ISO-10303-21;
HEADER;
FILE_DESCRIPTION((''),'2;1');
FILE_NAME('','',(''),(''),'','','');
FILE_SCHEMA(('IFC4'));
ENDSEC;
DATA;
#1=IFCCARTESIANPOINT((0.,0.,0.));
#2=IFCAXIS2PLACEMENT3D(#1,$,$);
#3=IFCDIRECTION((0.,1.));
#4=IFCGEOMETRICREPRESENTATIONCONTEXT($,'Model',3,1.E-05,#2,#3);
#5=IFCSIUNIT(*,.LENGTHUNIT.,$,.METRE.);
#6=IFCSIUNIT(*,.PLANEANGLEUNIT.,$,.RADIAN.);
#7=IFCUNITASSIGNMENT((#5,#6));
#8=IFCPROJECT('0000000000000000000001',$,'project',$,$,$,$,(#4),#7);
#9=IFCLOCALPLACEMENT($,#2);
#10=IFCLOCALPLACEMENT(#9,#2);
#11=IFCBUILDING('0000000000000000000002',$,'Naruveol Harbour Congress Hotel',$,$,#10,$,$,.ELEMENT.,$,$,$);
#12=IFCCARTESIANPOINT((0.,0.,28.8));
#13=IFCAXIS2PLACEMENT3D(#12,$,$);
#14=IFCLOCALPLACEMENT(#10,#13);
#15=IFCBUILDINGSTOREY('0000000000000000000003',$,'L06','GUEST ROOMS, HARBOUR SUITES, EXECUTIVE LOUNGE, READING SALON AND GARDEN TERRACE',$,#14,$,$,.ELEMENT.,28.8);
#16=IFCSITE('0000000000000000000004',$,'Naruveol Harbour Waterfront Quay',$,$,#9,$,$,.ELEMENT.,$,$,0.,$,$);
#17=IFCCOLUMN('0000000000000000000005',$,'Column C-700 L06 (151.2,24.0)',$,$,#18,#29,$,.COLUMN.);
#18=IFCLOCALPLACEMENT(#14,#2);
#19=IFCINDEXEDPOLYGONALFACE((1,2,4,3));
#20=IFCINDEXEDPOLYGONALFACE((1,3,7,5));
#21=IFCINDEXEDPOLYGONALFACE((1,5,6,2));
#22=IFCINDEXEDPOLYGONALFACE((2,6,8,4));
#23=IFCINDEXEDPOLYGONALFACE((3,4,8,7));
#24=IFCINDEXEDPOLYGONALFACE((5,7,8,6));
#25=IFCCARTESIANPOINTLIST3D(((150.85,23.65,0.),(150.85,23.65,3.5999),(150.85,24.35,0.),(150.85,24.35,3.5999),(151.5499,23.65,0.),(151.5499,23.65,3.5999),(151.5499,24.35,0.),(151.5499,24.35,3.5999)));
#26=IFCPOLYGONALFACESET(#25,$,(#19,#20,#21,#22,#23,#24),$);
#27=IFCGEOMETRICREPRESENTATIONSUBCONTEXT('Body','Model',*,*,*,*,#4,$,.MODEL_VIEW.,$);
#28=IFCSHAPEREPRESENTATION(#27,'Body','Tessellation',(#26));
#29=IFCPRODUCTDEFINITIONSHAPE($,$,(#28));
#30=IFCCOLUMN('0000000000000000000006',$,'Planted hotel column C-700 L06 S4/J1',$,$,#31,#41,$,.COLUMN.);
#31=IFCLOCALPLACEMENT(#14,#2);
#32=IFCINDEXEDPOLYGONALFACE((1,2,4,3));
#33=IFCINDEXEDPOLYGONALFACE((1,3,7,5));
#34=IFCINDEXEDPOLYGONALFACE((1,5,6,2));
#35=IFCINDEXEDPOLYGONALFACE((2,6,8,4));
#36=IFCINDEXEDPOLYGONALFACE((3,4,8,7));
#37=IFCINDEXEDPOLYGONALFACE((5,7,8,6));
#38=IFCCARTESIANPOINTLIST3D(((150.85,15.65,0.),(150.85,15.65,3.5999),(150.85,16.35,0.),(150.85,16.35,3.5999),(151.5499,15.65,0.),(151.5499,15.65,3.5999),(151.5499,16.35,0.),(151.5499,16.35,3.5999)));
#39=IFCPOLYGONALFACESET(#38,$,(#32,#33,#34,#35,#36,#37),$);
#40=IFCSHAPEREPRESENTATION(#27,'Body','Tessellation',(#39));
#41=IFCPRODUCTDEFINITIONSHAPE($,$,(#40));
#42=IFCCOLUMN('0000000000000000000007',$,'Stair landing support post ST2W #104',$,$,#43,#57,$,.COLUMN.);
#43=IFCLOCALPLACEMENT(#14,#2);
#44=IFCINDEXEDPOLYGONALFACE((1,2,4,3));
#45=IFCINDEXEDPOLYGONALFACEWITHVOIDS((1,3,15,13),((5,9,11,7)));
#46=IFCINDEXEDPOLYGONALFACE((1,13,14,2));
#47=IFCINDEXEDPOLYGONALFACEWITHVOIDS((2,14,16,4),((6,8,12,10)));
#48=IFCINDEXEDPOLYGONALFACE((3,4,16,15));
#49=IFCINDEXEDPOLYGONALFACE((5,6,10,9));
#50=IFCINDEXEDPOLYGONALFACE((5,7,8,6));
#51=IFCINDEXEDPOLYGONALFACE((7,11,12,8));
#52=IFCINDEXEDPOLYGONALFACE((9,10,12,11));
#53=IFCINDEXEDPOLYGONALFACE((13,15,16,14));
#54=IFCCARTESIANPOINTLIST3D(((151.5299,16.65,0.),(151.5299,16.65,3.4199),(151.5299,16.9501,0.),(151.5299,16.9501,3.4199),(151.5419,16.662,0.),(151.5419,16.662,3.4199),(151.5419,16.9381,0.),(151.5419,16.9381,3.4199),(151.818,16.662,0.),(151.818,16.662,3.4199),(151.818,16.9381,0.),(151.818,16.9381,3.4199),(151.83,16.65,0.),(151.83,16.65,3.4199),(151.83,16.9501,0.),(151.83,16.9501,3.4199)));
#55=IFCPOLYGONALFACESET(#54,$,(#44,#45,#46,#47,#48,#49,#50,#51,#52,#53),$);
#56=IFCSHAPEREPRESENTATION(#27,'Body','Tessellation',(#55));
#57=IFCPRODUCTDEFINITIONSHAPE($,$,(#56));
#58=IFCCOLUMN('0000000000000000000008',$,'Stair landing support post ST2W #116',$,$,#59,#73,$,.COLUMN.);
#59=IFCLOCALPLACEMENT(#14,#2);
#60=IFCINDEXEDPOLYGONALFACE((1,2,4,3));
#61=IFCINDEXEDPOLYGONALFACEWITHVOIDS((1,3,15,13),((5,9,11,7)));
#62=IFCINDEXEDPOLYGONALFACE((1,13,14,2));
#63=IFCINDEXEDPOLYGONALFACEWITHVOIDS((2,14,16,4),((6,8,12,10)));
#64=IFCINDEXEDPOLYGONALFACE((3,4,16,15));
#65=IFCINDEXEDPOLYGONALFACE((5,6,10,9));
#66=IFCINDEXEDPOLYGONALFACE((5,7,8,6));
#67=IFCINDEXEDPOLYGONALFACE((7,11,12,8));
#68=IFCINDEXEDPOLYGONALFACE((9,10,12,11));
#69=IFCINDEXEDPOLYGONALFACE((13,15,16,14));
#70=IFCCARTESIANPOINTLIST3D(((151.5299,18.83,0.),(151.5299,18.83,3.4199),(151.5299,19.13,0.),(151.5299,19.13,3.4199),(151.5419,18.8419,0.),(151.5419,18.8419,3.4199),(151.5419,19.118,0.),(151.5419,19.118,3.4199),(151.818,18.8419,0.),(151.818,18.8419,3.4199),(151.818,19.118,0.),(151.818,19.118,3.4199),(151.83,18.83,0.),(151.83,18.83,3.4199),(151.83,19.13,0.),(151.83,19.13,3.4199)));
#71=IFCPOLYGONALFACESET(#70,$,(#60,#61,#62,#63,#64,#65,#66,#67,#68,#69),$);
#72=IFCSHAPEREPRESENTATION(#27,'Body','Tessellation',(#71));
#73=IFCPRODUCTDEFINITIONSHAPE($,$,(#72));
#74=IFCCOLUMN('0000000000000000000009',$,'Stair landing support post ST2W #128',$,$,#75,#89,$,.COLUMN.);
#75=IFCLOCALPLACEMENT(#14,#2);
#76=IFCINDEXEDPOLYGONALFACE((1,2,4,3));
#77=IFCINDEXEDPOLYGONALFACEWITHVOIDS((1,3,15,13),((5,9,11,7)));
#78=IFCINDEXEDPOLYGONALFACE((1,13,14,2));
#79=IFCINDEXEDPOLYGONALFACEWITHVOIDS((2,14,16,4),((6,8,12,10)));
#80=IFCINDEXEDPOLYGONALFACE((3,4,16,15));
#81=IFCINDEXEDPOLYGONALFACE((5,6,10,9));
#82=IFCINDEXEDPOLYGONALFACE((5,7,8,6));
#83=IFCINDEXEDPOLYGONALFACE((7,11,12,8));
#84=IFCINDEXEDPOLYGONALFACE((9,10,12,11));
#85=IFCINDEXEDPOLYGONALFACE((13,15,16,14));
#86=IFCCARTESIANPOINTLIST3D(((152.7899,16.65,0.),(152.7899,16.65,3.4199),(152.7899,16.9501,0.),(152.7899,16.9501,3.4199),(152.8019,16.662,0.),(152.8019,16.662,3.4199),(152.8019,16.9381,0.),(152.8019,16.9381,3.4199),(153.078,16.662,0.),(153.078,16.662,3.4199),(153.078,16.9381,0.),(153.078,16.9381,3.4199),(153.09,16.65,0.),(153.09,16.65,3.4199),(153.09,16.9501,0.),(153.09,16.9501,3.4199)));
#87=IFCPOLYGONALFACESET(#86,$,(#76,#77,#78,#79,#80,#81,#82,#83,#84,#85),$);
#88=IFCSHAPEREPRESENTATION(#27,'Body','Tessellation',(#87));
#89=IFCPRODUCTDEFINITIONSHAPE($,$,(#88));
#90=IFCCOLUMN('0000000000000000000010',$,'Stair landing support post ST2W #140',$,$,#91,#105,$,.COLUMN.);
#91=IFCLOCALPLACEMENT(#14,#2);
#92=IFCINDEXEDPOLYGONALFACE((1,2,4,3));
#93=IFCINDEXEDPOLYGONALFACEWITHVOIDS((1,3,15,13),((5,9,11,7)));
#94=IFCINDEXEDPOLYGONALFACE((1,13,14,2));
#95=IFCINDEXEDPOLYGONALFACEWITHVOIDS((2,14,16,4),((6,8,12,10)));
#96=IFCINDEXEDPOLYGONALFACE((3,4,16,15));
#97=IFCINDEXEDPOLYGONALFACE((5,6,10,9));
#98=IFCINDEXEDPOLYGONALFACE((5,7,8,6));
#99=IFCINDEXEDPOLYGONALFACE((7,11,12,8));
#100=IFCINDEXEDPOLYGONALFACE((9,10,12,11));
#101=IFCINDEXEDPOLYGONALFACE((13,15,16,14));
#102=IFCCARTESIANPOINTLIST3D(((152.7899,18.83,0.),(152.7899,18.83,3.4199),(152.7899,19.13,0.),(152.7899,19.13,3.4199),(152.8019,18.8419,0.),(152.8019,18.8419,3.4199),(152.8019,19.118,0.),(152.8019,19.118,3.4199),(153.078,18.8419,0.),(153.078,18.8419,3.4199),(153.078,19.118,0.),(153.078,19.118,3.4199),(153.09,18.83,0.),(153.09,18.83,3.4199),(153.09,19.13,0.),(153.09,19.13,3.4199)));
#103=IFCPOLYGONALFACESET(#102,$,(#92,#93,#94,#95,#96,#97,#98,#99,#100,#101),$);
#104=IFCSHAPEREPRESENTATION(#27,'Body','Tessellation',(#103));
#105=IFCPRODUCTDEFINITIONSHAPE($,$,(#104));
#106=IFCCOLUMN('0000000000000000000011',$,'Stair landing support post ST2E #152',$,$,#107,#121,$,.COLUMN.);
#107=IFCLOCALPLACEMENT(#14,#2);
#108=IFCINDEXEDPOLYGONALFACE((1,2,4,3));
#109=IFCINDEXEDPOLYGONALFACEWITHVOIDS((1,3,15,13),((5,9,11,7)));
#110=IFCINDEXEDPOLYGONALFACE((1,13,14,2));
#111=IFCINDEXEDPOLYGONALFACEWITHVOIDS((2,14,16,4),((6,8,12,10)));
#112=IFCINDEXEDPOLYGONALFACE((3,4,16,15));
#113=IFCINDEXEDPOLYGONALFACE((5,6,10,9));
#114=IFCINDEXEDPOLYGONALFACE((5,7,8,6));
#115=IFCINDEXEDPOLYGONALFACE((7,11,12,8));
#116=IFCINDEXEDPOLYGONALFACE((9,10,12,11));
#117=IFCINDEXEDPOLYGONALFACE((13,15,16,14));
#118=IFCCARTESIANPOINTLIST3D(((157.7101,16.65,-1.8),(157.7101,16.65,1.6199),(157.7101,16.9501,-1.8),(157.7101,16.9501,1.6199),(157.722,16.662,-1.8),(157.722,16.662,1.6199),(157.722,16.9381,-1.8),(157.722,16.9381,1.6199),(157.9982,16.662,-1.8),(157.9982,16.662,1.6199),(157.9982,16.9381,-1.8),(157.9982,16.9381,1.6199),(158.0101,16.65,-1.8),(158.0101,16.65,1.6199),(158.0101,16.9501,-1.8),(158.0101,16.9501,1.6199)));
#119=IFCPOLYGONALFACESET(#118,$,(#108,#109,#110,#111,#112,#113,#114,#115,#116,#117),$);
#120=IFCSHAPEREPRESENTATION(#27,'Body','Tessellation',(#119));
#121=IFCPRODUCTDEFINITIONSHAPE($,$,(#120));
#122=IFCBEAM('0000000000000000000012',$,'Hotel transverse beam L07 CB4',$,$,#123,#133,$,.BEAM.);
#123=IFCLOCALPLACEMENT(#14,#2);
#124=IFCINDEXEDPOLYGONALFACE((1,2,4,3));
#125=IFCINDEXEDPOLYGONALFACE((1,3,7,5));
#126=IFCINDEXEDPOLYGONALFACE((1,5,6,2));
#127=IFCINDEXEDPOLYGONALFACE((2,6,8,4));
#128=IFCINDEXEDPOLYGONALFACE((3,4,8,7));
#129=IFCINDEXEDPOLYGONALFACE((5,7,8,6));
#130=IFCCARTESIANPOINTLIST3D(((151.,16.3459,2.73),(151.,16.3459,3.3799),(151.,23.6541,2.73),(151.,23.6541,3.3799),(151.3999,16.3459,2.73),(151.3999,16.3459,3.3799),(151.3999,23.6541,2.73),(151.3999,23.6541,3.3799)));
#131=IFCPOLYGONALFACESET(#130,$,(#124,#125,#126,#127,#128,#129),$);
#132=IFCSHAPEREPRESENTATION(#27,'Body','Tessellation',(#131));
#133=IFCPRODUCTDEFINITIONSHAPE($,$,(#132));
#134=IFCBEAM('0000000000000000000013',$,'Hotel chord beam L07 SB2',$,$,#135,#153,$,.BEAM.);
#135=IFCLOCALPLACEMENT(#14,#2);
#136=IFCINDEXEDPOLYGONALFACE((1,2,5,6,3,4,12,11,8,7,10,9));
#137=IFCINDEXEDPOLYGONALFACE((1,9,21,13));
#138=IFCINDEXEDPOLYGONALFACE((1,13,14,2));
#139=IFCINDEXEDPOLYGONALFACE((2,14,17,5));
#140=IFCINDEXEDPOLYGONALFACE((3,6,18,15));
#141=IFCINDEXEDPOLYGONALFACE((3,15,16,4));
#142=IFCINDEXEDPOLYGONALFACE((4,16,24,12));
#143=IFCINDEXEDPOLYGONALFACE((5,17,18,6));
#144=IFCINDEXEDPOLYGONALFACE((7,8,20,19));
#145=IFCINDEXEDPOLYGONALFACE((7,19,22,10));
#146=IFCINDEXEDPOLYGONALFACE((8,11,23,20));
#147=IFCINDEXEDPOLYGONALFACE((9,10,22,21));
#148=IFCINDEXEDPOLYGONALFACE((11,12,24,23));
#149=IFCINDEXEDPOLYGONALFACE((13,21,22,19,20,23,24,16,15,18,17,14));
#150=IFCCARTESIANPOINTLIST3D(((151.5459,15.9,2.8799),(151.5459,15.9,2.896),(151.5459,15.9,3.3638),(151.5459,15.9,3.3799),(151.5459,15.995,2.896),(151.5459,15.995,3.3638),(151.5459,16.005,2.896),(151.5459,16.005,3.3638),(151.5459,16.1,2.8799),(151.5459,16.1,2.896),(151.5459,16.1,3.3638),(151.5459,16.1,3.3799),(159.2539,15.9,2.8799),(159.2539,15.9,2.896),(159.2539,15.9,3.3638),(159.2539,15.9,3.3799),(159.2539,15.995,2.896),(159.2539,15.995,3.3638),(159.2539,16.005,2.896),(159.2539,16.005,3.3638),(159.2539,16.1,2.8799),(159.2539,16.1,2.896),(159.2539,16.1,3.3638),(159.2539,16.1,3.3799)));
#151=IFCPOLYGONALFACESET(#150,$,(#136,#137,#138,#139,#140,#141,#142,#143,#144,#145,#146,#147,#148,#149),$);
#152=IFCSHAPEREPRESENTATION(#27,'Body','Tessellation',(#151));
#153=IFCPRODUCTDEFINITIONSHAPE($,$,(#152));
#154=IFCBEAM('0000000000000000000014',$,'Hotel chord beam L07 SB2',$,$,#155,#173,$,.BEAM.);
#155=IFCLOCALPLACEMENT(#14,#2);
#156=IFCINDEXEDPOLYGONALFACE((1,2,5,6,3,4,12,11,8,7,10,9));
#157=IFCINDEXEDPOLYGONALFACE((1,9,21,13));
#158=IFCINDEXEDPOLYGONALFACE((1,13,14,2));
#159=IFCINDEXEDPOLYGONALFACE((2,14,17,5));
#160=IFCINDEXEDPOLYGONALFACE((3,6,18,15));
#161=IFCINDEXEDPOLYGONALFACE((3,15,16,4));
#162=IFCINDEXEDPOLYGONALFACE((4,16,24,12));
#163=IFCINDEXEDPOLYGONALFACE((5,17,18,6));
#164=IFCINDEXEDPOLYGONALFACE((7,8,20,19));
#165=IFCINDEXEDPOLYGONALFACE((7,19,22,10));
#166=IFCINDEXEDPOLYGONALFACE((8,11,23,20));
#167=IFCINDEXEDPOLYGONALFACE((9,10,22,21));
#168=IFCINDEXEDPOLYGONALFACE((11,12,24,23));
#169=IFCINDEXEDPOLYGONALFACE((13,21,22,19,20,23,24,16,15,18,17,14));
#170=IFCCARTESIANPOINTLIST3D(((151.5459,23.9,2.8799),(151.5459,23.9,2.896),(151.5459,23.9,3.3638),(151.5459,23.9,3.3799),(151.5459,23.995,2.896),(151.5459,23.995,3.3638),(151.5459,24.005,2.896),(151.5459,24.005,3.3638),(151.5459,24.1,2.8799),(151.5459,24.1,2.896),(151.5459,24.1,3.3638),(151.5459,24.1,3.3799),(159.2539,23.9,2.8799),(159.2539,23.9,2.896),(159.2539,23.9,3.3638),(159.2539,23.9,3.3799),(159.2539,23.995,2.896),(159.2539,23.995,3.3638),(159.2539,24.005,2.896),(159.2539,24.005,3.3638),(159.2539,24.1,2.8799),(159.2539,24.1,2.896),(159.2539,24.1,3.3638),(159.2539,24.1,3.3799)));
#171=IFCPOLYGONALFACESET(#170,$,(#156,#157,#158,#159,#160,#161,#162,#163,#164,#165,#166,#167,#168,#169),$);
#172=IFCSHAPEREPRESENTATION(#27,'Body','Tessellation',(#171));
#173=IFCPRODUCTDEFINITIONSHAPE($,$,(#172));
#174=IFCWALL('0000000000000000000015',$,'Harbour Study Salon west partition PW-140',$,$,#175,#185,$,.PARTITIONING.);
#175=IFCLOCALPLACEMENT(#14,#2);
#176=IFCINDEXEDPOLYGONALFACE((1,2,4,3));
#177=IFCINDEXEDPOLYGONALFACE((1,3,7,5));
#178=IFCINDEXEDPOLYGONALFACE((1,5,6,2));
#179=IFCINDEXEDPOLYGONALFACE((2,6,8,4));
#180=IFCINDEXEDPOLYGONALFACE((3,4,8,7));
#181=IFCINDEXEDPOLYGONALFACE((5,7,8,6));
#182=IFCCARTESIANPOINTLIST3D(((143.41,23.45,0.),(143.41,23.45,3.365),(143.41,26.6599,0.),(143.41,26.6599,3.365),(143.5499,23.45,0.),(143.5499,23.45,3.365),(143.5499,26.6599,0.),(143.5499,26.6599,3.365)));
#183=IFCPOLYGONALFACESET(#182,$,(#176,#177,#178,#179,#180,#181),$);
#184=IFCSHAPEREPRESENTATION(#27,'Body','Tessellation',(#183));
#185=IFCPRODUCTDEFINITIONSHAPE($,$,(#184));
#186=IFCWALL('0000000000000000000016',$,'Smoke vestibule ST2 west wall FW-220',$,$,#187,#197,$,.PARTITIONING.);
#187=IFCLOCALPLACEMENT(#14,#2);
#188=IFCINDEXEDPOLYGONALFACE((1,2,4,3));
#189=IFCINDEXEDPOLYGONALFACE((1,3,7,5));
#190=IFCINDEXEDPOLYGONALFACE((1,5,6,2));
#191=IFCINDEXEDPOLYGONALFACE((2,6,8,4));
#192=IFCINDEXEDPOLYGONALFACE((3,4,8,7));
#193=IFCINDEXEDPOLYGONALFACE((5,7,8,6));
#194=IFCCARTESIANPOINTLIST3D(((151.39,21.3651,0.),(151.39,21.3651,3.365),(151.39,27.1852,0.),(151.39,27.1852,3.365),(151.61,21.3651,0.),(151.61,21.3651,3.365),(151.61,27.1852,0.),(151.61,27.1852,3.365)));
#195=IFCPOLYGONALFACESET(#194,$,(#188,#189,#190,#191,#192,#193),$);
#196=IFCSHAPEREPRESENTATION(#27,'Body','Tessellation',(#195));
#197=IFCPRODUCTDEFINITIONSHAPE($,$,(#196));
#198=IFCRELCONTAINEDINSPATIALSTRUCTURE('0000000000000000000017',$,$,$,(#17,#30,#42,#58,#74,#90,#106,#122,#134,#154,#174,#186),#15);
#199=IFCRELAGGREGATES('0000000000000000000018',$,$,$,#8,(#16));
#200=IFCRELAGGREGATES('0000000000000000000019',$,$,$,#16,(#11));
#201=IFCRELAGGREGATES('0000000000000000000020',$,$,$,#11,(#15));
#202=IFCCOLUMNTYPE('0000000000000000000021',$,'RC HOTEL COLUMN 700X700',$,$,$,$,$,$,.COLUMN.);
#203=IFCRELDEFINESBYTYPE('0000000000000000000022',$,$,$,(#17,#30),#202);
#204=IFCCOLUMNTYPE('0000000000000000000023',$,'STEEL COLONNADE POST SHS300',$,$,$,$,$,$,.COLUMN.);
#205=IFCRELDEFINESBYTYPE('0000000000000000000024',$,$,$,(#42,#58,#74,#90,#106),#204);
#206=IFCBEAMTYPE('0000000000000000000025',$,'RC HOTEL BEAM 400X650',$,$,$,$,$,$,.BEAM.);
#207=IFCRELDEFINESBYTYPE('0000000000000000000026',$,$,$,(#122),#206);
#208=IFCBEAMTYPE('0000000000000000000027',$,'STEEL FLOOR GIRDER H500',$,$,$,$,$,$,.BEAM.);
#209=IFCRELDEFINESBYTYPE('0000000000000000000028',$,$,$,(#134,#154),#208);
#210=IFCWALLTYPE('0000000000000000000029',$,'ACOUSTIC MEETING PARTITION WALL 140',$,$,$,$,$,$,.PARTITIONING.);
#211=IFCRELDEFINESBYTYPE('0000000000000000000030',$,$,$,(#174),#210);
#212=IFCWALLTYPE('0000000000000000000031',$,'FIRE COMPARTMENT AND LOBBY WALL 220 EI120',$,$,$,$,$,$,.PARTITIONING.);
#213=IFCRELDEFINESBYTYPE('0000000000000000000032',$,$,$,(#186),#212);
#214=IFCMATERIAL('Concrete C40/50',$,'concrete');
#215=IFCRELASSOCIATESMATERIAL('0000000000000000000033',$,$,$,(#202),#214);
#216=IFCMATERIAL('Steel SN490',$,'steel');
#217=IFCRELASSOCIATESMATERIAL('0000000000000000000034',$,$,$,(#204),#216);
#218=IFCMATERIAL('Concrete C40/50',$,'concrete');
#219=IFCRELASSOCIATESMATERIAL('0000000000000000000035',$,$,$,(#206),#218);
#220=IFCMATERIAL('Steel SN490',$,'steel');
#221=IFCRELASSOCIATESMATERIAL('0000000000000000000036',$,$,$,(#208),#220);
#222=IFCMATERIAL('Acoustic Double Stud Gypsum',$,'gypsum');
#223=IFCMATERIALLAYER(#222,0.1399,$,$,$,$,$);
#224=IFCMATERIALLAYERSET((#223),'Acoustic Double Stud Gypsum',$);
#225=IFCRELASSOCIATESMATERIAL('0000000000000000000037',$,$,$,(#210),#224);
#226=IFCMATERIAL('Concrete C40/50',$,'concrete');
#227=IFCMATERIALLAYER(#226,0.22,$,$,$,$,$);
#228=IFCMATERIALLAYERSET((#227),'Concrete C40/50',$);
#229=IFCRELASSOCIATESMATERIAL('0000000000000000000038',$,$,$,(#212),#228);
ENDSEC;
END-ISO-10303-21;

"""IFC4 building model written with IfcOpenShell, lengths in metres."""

from ifc_helpers import new_model, si_unit, direction, frame, frame_2d, origin, origin_2d, place, context, subcontext, project, spatial, rectangle, hollow_rectangle, i_section, extrude, material, layer, layer_set, material_profile, profile_set, type_object, element, save


model = new_model("IFC4")

# Units and contexts
model_context = context("Model", 3, precision=1e-05, world=origin(), true_north=direction((0.0, 1.0)))
body_context = subcontext(model_context, "Body", "Model", "MODEL_VIEW")
ifc_project = project(units=[si_unit("LENGTHUNIT", "METRE"), si_unit("PLANEANGLEUNIT", "RADIAN")], contexts=[model_context])

# Site, building, storey
site_placement = place(None, origin())
site = spatial("IfcSite", under=ifc_project, at=site_placement, Name="Naruveol Harbour Waterfront Quay", CompositionType="ELEMENT", RefElevation=0.0)
building_placement = place(site_placement, origin())
building = spatial("IfcBuilding", under=site, at=building_placement, Name="Naruveol Harbour Congress Hotel", CompositionType="ELEMENT")
storey_placement = place(building_placement, frame((0.0, 0.0, 28.8)))
storey = spatial("IfcBuildingStorey", under=building, at=storey_placement, Name="L06", Description="GUEST ROOMS, HARBOUR SUITES, EXECUTIVE LOUNGE, READING SALON AND GARDEN TERRACE", CompositionType="ELEMENT", Elevation=28.8)

# Columns
ifc_material_1 = material(Name="Concrete C40/50", Category="concrete")
ifc_material_profile_1 = material_profile(ifc_material_1, rectangle(XDim=0.7, YDim=0.7, at=origin_2d()), Name="RC-700x700")
ifc_profile_set_1 = profile_set([ifc_material_profile_1], Name="Concrete C40/50")
column_type_1 = type_object("IfcColumnType", Name="RC HOTEL COLUMN 700X700", PredefinedType="COLUMN", material=ifc_profile_set_1)
for number, where, z_axis, x_axis, name in (
    (1, (151.2, 24.0, 0.0), (0.0, 0.0, 1.0), (1.0, 0.0, 0.0), "Column C-700 L06 (151.2,24.0)"),
    (2, (151.2, 16.0, 0.0), (0.0, 0.0, 1.0), (1.0, 0.0, 0.0), "Planted hotel column C-700 L06 S4/J1"),
):
    element("IfcColumn", number, at=place(storey_placement, frame(where, z_axis=z_axis, x_axis=x_axis)), inside=storey, type_object=column_type_1, Name=name, PredefinedType="COLUMN", context=body_context, shape_type="SweptSolid", body=[
        extrude(rectangle(XDim=0.7, YDim=0.7, at=origin_2d()), origin(), (0.0, 0.0, 1.0), 3.5999),
    ])
ifc_material_2 = material(Name="Steel SN490", Category="steel")
ifc_material_profile_2 = material_profile(ifc_material_2, hollow_rectangle(XDim=0.3, YDim=0.3, WallThickness=0.012, at=origin_2d()), Name="SHS-300x300x12")
ifc_profile_set_2 = profile_set([ifc_material_profile_2], Name="Steel SN490")
column_type_2 = type_object("IfcColumnType", Name="STEEL COLONNADE POST SHS300", PredefinedType="COLUMN", material=ifc_profile_set_2)
for number, where, z_axis, x_axis, name in (
    (3, (151.6799, 16.8, 0.0), (0.0, 0.0, 1.0), (1.0, 0.0, 0.0), "Stair landing support post ST2W #104"),
    (4, (151.6799, 18.98, 0.0), (0.0, 0.0, 1.0), (1.0, 0.0, 0.0), "Stair landing support post ST2W #116"),
    (5, (152.9399, 16.8, 0.0), (0.0, 0.0, 1.0), (1.0, 0.0, 0.0), "Stair landing support post ST2W #128"),
    (6, (152.9399, 18.98, 0.0), (0.0, 0.0, 1.0), (1.0, 0.0, 0.0), "Stair landing support post ST2W #140"),
    (7, (157.8601, 16.8, -1.8), (0.0, 0.0, 1.0), (1.0, 0.0, 0.0), "Stair landing support post ST2E #152"),
):
    element("IfcColumn", number, at=place(storey_placement, frame(where, z_axis=z_axis, x_axis=x_axis)), inside=storey, type_object=column_type_2, Name=name, PredefinedType="COLUMN", context=body_context, shape_type="SweptSolid", body=[
        extrude(hollow_rectangle(XDim=0.3, YDim=0.3, WallThickness=0.012, at=origin_2d()), origin(), (0.0, 0.0, 1.0), 3.4199),
    ])

# Beams
ifc_material_3 = material(Name="Concrete C40/50", Category="concrete")
ifc_material_profile_3 = material_profile(ifc_material_3, rectangle(XDim=0.3999, YDim=0.6499, at=origin_2d()), Name="RCB-400x650")
ifc_profile_set_3 = profile_set([ifc_material_profile_3], Name="Concrete C40/50")
beam_type_1 = type_object("IfcBeamType", Name="RC HOTEL BEAM 400X650", PredefinedType="BEAM", material=ifc_profile_set_3)
beam_placement = place(storey_placement, frame((151.2, 16.3459, 3.0549), z_axis=(0.0, 1.0, 0.0), x_axis=(-1.0, 0.0, 0.0)))
element("IfcBeam", 8, at=beam_placement, inside=storey, type_object=beam_type_1, Name="Hotel transverse beam L07 CB4", PredefinedType="BEAM", context=body_context, shape_type="SweptSolid", body=[
    extrude(rectangle(XDim=0.3999, YDim=0.6499, at=origin_2d()), origin(), (0.0, 0.0, 1.0), 7.3081),
])
ifc_material_4 = material(Name="Steel SN490", Category="steel")
ifc_material_profile_4 = material_profile(ifc_material_4, i_section(OverallWidth=0.2, OverallDepth=0.5, WebThickness=0.01, FlangeThickness=0.0161, at=origin_2d()), Name="H-500x200x10x16")
ifc_profile_set_4 = profile_set([ifc_material_profile_4], Name="Steel SN490")
beam_type_2 = type_object("IfcBeamType", Name="STEEL FLOOR GIRDER H500", PredefinedType="BEAM", material=ifc_profile_set_4)
for number, where, z_axis, x_axis, name in (
    (9, (151.5459, 16.0, 3.1299), (1.0, 0.0, 0.0), (0.0, 1.0, 0.0), "Hotel chord beam L07 SB2"),
    (10, (151.5459, 24.0, 3.1299), (1.0, 0.0, 0.0), (0.0, 1.0, 0.0), "Hotel chord beam L07 SB2"),
):
    element("IfcBeam", number, at=place(storey_placement, frame(where, z_axis=z_axis, x_axis=x_axis)), inside=storey, type_object=beam_type_2, Name=name, PredefinedType="BEAM", context=body_context, shape_type="SweptSolid", body=[
        extrude(i_section(OverallWidth=0.2, OverallDepth=0.5, WebThickness=0.01, FlangeThickness=0.0161, at=origin_2d()), origin(), (0.0, 0.0, 1.0), 7.708),
    ])

# Walls
ifc_material_5 = material(Name="Acoustic Double Stud Gypsum", Category="gypsum")
ifc_layer_1 = layer(ifc_material_5, 0.1399)
ifc_layer_set_1 = layer_set([ifc_layer_1], Name="Acoustic Double Stud Gypsum")
wall_type_1 = type_object("IfcWallType", Name="ACOUSTIC MEETING PARTITION WALL 140", PredefinedType="PARTITIONING", material=ifc_layer_set_1)
wall_1_placement = place(storey_placement, frame((143.48, 23.45, 0.0), z_axis=(0.0, 0.0, 1.0), x_axis=(0.0, 1.0, 0.0)))
element("IfcWall", 11, at=wall_1_placement, inside=storey, type_object=wall_type_1, Name="Harbour Study Salon west partition PW-140", PredefinedType="PARTITIONING", context=body_context, shape_type="SweptSolid", body=[
    extrude(rectangle(XDim=3.21, YDim=0.1399, at=frame_2d((1.605, 0.0))), origin(), (0.0, 0.0, 1.0), 3.365),
])
ifc_material_6 = material(Name="Concrete C40/50", Category="concrete")
ifc_layer_2 = layer(ifc_material_6, 0.22)
ifc_layer_set_2 = layer_set([ifc_layer_2], Name="Concrete C40/50")
wall_type_2 = type_object("IfcWallType", Name="FIRE COMPARTMENT AND LOBBY WALL 220 EI120", PredefinedType="PARTITIONING", material=ifc_layer_set_2)
wall_2_placement = place(storey_placement, frame((151.5, 21.365, 0.0), z_axis=(0.0, 0.0, 1.0), x_axis=(0.0, 1.0, 0.0)))
element("IfcWall", 12, at=wall_2_placement, inside=storey, type_object=wall_type_2, Name="Smoke vestibule ST2 west wall FW-220", PredefinedType="PARTITIONING", context=body_context, shape_type="SweptSolid", body=[
    extrude(rectangle(XDim=5.8201, YDim=0.22, at=frame_2d((2.9102, 0.0))), origin(), (0.0, 0.0, 1.0), 3.365),
])

save(model, "model.ifc")
